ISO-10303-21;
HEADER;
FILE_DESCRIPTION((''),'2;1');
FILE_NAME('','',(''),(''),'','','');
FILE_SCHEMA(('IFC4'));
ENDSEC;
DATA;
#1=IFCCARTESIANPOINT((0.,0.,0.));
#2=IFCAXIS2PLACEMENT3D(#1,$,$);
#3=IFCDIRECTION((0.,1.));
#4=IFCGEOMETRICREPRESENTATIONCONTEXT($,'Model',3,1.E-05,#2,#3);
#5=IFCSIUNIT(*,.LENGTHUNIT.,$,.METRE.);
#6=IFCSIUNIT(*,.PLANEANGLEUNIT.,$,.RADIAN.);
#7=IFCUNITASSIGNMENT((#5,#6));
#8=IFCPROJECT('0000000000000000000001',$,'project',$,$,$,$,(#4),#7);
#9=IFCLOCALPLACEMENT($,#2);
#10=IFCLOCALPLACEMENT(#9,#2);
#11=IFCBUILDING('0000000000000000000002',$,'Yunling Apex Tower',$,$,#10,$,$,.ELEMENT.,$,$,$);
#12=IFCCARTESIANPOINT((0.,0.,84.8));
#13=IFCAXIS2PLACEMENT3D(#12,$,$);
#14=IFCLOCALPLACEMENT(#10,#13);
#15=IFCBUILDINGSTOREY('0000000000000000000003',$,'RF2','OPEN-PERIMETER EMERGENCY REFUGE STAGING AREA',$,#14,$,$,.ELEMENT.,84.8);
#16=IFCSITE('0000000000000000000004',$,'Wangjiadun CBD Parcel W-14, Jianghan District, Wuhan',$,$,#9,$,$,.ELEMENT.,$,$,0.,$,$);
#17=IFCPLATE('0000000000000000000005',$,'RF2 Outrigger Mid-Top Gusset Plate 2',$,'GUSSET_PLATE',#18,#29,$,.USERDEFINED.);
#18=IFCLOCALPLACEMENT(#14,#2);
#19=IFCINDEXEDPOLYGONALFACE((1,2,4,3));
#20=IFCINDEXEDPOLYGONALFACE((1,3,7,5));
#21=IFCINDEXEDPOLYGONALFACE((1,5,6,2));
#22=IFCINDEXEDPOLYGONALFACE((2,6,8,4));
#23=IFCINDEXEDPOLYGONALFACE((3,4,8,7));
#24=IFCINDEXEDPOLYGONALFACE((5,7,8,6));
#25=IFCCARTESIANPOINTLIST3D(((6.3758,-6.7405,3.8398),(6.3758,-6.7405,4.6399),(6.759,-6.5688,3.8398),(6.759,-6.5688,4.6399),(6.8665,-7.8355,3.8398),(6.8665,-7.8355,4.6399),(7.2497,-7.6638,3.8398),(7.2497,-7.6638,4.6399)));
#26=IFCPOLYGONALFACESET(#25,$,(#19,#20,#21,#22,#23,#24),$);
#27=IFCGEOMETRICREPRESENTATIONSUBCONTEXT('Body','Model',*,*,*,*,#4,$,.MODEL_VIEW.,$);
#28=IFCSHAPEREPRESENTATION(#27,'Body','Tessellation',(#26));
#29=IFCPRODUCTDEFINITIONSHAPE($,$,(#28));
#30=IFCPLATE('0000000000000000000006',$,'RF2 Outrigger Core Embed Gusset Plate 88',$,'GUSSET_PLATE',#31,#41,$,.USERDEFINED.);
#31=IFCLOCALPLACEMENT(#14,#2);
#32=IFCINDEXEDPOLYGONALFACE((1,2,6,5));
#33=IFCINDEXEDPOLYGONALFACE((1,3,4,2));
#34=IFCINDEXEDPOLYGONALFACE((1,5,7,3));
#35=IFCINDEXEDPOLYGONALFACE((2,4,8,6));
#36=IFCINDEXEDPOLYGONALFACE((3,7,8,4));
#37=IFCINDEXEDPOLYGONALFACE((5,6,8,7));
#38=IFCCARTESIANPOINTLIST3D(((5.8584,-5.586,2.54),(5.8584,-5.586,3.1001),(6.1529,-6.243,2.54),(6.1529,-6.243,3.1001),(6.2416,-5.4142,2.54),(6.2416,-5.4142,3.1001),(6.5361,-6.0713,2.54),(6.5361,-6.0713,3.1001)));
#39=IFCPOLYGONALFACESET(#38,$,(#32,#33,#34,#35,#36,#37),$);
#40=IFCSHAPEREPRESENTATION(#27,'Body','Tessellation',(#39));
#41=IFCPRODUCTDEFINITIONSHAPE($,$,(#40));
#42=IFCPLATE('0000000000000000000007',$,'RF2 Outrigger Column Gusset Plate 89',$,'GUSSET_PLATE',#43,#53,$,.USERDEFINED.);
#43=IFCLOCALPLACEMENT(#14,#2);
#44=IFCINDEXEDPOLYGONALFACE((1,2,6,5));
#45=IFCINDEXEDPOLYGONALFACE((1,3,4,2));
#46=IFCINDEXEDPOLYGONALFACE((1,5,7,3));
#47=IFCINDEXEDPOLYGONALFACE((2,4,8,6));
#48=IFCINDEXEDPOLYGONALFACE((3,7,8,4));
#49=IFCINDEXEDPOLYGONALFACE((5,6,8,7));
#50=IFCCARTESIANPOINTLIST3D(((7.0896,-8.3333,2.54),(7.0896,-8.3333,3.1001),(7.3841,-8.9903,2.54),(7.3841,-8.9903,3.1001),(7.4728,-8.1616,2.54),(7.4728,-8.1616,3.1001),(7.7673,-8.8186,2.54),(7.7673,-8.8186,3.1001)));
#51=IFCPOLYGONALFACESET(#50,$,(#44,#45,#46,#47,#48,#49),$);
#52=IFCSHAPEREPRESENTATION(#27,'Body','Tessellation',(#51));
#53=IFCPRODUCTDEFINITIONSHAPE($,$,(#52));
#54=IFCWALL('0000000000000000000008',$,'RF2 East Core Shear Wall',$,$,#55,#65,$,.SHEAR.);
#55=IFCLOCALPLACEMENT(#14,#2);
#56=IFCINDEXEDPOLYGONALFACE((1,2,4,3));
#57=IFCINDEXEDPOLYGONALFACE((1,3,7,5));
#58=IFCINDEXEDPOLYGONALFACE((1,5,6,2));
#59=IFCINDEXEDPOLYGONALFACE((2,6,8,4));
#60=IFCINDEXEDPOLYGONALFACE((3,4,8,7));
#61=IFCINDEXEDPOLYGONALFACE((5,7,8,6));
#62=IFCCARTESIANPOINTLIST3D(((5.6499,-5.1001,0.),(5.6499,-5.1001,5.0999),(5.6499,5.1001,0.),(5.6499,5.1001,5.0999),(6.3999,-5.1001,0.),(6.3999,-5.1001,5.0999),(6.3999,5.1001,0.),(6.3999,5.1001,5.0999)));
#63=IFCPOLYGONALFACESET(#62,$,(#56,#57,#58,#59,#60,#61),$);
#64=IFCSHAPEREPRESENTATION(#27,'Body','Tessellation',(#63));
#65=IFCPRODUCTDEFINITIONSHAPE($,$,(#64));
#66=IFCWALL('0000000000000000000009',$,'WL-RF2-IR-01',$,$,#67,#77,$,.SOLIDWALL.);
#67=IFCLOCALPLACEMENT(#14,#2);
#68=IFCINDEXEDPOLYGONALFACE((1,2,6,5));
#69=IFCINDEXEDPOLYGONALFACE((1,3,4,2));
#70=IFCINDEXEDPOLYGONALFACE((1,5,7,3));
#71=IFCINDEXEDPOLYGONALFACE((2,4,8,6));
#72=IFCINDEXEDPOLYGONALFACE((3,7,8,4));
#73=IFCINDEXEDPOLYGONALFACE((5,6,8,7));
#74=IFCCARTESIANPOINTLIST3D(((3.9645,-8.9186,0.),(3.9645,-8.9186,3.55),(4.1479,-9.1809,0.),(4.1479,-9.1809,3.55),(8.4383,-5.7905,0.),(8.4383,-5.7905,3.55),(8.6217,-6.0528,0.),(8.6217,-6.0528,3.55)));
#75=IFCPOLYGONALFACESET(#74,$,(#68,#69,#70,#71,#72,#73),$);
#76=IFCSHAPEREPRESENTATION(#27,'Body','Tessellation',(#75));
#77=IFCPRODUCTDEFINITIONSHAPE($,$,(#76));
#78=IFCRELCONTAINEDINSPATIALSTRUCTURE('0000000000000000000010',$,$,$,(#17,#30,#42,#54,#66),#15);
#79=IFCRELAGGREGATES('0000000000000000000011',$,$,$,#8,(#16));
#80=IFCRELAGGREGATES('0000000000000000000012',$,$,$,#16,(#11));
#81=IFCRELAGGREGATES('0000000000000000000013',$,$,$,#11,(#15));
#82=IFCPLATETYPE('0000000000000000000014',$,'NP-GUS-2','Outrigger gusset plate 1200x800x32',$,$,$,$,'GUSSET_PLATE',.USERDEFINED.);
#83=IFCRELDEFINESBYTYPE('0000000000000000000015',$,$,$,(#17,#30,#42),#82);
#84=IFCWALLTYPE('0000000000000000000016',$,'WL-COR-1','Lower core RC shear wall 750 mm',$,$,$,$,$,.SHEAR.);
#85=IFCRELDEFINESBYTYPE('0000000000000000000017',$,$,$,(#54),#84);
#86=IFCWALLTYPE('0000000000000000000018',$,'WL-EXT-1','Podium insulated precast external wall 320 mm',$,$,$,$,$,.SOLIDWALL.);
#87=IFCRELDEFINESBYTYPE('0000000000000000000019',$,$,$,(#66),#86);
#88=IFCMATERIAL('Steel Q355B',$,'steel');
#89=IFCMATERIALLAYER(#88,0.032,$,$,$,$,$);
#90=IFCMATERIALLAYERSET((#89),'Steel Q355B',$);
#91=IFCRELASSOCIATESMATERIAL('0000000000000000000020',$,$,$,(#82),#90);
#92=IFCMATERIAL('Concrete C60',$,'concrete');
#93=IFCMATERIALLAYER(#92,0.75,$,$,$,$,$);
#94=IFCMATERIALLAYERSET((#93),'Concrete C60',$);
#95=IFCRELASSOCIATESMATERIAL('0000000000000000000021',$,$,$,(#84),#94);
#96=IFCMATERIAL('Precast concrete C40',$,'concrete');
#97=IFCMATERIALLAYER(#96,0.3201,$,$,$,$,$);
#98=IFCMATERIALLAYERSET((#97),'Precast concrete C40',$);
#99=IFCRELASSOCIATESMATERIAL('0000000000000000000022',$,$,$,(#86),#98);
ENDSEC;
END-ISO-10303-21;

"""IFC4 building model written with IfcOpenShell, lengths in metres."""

from ifc_helpers import new_model, si_unit, direction, frame, frame_2d, origin, origin_2d, place, context, subcontext, project, spatial, rectangle, extrude, source, transform, mapped, material, layer, layer_set, type_object, element, save


model = new_model("IFC4")

# Units and contexts
model_context = context("Model", 3, precision=1e-05, world=origin(), true_north=direction((0.0, 1.0)))
body_context = subcontext(model_context, "Body", "Model", "MODEL_VIEW")
ifc_project = project(units=[si_unit("LENGTHUNIT", "METRE"), si_unit("PLANEANGLEUNIT", "RADIAN")], contexts=[model_context])

# Site, building, storey
site_placement = place(None, origin())
site = spatial("IfcSite", under=ifc_project, at=site_placement, Name="Wangjiadun CBD Parcel W-14, Jianghan District, Wuhan", CompositionType="ELEMENT", RefElevation=0.0)
building_placement = place(site_placement, origin())
building = spatial("IfcBuilding", under=site, at=building_placement, Name="Yunling Apex Tower", CompositionType="ELEMENT")
storey_placement = place(building_placement, frame((0.0, 0.0, 84.8)))
storey = spatial("IfcBuildingStorey", under=building, at=storey_placement, Name="RF2", Description="OPEN-PERIMETER EMERGENCY REFUGE STAGING AREA", CompositionType="ELEMENT", Elevation=84.8)

# Shared definitions
ifc_material_1 = material(Name="Concrete C60", Category="concrete")

# Shared definitions
ifc_material_2 = material(Name="Steel Q355B", Category="steel")

# Plates
ifc_layer_1 = layer(ifc_material_2, 0.032)
ifc_layer_set_1 = layer_set([ifc_layer_1], Name="Steel Q355B")
plate_type_1 = type_object("IfcPlateType", Name="NP-GUS-2", Description="Outrigger gusset plate 1200x800x32", ElementType="GUSSET_PLATE", PredefinedType="USERDEFINED", material=ifc_layer_set_1)
shared_shape_1 = source(origin(), body_context, "Body", "SweptSolid", [
    extrude(rectangle(XDim=1.2, YDim=0.4199, at=origin_2d()), origin(), (0.0, 0.0, 1.0), 0.8),
])
plate_1_placement = place(storey_placement, frame((6.8127, -7.2021, 3.8398), z_axis=(0.0, 0.0, 1.0), x_axis=(0.408968, -0.912549, 0.0)))
element("IfcPlate", 1, at=plate_1_placement, inside=storey, type_object=plate_type_1, Name="RF2 Outrigger Mid-Top Gusset Plate 2", ObjectType="GUSSET_PLATE", PredefinedType="USERDEFINED", context=body_context, shape_type="MappedRepresentation", body=[
    mapped(shared_shape_1, transform((0.0, 0.0, 0.0), scale=1.0)),
])
shared_shape_2 = source(origin(), body_context, "Body", "SweptSolid", [
    extrude(rectangle(XDim=0.72, YDim=0.4199, at=origin_2d()), origin(), (0.0, 0.0, 1.0), 0.5601),
])
for number, where, z_axis, x_axis, name in (
    (2, (6.1973, -5.8286, 2.54), (0.0, 0.0, 1.0), (0.408968, -0.912549, 0.0), "RF2 Outrigger Core Embed Gusset Plate 88"),
    (3, (7.4285, -8.5759, 2.54), (0.0, 0.0, 1.0), (0.408968, -0.912549, 0.0), "RF2 Outrigger Column Gusset Plate 89"),
):
    element("IfcPlate", number, at=place(storey_placement, frame(where, z_axis=z_axis, x_axis=x_axis)), inside=storey, type_object=plate_type_1, Name=name, ObjectType="GUSSET_PLATE", PredefinedType="USERDEFINED", context=body_context, shape_type="MappedRepresentation", body=[
        mapped(shared_shape_2, transform((0.0, 0.0, 0.0), scale=1.0)),
    ])

# Walls
ifc_layer_2 = layer(ifc_material_1, 0.75)
ifc_layer_set_2 = layer_set([ifc_layer_2], Name="Concrete C60")
wall_type_1 = type_object("IfcWallType", Name="WL-COR-1", Description="Lower core RC shear wall 750 mm", PredefinedType="SHEAR", material=ifc_layer_set_2)
wall_1_placement = place(storey_placement, frame((6.0249, -5.1001, 0.0), z_axis=(0.0, 0.0, 1.0), x_axis=(0.0, 1.0, 0.0)))
element("IfcWall", 4, at=wall_1_placement, inside=storey, type_object=wall_type_1, Name="RF2 East Core Shear Wall", PredefinedType="SHEAR", context=body_context, shape_type="SweptSolid", body=[
    extrude(rectangle(XDim=10.2002, YDim=0.75, at=frame_2d((5.1001, 0.0))), origin(), (0.0, 0.0, 1.0), 5.0999),
])
ifc_material_3 = material(Name="Precast concrete C40", Category="concrete")
ifc_layer_3 = layer(ifc_material_3, 0.3201)
ifc_layer_set_3 = layer_set([ifc_layer_3], Name="Precast concrete C40")
wall_type_2 = type_object("IfcWallType", Name="WL-EXT-1", Description="Podium insulated precast external wall 320 mm", PredefinedType="SOLIDWALL", material=ifc_layer_set_3)
wall_2_placement = place(storey_placement, frame((8.53, -5.9216, 0.0), z_axis=(0.0, 0.0, 1.0), x_axis=(-0.819536, -0.573027, 0.0)))
element("IfcWall", 5, at=wall_2_placement, inside=storey, type_object=wall_type_2, Name="WL-RF2-IR-01", PredefinedType="SOLIDWALL", context=body_context, shape_type="SweptSolid", body=[
    extrude(rectangle(XDim=5.459, YDim=0.3201, at=frame_2d((2.7295, 0.0))), origin(), (0.0, 0.0, 1.0), 3.55),
])

save(model, "model.ifc")
